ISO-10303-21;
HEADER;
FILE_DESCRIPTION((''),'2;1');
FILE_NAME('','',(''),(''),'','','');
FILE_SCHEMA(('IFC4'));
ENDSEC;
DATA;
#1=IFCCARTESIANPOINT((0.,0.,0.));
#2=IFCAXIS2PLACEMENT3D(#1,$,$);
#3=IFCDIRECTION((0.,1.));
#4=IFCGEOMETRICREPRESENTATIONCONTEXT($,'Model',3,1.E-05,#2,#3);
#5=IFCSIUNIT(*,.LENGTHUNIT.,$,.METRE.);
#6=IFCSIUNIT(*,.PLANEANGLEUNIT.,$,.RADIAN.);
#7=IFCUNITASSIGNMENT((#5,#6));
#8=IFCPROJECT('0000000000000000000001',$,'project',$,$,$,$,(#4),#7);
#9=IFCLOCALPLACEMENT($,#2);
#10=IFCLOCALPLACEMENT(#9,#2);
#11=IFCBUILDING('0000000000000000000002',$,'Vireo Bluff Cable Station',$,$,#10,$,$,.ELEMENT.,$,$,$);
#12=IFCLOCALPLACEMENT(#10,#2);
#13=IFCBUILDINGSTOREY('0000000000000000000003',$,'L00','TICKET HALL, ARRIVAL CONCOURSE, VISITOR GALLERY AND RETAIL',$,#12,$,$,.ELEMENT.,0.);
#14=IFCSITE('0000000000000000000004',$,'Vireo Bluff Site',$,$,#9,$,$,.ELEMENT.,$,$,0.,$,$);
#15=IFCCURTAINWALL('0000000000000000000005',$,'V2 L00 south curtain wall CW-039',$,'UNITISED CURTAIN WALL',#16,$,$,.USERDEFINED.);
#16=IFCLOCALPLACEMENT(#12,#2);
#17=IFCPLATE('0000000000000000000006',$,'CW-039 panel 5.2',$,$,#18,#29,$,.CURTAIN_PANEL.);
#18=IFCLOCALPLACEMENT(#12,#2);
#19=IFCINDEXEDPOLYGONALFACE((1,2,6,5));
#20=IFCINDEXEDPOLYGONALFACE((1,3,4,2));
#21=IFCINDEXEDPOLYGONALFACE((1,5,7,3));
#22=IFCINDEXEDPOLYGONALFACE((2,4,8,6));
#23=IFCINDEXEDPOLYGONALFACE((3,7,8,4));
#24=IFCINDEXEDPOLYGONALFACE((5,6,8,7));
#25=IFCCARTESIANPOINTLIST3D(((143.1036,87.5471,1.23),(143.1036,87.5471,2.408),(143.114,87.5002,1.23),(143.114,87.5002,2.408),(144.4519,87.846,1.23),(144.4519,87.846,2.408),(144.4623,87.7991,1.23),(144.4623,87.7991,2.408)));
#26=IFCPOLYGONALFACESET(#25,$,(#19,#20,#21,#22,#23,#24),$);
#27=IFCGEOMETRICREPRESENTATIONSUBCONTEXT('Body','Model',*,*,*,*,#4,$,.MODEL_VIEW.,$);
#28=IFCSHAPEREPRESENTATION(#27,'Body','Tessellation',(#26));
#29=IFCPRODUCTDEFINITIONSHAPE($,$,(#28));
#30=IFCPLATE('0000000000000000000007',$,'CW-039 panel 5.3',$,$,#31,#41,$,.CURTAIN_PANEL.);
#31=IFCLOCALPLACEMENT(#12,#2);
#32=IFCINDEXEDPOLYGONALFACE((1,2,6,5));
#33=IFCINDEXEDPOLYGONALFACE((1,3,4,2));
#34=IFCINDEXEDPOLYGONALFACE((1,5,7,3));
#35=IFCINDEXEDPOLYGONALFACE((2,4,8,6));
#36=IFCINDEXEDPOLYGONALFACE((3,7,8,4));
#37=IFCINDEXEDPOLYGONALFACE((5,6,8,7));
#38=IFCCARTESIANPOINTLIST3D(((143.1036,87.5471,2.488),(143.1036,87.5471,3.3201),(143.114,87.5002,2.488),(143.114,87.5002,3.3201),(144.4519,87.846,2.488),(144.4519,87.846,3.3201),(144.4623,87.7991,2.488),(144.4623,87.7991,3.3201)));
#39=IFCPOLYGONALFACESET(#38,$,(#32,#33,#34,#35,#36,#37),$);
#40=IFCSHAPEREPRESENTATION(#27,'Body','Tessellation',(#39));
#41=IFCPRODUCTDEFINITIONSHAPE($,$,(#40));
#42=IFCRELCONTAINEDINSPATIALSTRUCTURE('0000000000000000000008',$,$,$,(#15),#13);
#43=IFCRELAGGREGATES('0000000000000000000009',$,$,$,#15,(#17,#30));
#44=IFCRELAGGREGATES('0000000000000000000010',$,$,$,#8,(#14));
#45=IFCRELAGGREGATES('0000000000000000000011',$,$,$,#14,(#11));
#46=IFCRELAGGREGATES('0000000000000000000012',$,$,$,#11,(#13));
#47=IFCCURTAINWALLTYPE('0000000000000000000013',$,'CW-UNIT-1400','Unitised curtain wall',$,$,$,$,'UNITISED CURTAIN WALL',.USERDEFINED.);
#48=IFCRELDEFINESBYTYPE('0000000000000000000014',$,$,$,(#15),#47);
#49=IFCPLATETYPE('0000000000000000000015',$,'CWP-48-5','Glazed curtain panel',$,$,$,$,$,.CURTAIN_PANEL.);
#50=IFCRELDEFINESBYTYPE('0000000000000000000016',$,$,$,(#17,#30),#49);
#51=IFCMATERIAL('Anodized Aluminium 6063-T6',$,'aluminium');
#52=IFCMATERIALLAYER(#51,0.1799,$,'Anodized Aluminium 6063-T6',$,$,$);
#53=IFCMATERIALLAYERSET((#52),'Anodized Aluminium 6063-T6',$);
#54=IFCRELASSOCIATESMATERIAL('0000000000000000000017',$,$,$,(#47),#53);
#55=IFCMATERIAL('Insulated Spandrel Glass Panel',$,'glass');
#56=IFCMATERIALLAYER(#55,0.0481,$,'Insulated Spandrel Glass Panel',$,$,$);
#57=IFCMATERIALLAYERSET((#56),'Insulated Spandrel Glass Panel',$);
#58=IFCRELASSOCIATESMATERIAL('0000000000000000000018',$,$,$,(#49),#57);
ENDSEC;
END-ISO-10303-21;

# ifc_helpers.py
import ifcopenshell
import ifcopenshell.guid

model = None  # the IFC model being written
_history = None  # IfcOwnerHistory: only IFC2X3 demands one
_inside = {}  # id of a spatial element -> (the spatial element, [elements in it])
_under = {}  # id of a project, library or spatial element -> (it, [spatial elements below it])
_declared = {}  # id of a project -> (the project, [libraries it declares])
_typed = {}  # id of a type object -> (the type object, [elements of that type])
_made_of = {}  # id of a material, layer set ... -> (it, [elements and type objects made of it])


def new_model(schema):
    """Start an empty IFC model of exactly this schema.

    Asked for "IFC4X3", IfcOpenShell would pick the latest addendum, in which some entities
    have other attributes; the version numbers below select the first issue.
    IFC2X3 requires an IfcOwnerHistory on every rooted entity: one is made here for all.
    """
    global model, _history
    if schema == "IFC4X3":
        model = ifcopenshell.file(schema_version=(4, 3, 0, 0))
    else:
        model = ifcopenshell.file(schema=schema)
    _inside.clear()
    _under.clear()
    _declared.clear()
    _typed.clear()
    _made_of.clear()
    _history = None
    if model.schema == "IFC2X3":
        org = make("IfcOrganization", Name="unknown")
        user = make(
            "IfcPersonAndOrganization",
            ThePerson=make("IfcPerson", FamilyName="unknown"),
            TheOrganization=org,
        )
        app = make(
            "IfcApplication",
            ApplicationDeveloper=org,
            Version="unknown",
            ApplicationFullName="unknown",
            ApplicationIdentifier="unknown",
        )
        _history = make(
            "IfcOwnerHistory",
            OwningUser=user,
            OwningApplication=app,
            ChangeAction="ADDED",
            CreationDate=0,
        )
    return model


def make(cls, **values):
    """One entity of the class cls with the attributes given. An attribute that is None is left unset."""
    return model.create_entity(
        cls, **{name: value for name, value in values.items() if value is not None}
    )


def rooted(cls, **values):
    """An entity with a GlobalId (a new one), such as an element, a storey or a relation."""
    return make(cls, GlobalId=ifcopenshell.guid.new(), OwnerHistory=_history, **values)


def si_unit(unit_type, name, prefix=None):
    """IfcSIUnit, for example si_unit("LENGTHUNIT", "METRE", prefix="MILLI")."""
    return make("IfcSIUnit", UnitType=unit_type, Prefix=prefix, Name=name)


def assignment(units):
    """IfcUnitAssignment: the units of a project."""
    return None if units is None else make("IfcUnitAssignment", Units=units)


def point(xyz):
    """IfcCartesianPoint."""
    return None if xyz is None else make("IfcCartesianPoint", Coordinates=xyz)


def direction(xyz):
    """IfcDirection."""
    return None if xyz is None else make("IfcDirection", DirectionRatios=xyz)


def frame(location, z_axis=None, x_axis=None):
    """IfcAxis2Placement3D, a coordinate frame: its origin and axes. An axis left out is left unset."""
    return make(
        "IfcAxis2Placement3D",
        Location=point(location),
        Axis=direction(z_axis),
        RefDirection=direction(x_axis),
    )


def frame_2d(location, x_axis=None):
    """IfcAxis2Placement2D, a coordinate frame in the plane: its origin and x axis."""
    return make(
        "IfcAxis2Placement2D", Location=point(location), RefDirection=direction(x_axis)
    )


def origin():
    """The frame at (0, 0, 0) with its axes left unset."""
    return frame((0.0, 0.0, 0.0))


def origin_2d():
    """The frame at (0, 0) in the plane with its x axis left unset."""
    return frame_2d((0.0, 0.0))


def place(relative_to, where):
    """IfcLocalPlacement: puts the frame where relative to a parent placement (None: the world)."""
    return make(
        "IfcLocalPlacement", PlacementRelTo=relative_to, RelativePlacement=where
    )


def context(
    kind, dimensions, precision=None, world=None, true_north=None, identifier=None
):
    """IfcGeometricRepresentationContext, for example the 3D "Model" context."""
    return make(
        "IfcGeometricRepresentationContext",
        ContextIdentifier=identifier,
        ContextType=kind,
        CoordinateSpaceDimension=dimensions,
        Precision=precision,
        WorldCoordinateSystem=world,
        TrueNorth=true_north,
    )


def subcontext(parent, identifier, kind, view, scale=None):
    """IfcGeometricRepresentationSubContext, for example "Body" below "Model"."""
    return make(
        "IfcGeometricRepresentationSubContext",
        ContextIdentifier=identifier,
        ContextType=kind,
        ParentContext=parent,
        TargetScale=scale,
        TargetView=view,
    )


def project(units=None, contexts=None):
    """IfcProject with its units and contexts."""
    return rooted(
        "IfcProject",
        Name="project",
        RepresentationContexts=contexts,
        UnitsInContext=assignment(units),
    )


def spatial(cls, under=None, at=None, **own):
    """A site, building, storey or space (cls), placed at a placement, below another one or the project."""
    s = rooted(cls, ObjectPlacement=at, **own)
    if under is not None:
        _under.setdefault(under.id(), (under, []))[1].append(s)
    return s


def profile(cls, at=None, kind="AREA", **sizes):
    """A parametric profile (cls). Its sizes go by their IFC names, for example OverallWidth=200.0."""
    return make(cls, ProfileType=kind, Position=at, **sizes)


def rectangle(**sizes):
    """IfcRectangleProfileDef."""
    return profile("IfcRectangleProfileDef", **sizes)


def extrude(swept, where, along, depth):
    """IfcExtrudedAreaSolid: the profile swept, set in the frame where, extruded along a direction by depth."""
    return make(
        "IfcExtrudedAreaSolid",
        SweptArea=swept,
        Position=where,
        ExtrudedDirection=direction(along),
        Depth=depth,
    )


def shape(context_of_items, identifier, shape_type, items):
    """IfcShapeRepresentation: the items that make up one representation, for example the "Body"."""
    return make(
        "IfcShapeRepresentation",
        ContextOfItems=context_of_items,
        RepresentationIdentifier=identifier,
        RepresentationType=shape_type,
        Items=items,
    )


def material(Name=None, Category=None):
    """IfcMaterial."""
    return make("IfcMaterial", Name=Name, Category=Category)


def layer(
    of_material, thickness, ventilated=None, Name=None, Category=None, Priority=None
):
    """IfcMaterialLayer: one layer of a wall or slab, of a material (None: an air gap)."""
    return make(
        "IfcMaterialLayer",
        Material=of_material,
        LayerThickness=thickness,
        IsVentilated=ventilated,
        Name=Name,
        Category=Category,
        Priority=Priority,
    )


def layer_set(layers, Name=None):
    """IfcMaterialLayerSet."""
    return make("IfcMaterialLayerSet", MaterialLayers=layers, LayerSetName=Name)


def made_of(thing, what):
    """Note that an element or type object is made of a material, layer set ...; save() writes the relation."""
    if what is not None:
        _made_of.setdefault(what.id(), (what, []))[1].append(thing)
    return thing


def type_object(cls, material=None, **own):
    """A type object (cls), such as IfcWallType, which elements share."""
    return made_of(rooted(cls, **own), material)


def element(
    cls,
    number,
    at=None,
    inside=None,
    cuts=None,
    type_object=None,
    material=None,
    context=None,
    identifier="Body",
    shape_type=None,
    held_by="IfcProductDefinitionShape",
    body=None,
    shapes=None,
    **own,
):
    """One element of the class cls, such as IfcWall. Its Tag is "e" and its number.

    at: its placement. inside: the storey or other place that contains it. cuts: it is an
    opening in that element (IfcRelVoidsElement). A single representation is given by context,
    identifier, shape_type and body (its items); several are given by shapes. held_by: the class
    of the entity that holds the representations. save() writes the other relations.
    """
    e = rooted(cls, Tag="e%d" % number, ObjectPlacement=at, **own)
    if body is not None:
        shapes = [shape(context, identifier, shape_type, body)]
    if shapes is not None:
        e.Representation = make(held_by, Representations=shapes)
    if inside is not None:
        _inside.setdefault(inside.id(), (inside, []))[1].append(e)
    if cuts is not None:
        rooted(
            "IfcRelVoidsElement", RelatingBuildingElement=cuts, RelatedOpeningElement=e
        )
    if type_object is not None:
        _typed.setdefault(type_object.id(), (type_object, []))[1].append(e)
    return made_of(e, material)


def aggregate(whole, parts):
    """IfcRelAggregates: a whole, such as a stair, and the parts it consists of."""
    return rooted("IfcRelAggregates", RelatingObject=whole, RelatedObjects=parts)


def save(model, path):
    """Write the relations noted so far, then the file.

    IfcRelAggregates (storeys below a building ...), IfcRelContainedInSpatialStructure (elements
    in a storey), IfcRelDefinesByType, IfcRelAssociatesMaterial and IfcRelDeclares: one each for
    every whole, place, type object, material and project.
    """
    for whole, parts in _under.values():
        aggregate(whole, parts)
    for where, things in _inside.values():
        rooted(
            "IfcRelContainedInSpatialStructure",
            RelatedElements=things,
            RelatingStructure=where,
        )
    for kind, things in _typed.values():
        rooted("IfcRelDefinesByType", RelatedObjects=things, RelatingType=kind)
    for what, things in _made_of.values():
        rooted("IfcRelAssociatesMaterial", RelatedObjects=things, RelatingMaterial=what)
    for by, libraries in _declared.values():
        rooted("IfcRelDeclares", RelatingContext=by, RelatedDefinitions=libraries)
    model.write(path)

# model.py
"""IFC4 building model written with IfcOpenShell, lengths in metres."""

from ifc_helpers import new_model, si_unit, direction, frame, origin, origin_2d, place, context, subcontext, project, spatial, rectangle, extrude, material, layer, layer_set, type_object, element, aggregate, save


model = new_model("IFC4")

# Units and contexts
model_context = context("Model", 3, precision=1e-05, world=origin(), true_north=direction((0.0, 1.0)))
body_context = subcontext(model_context, "Body", "Model", "MODEL_VIEW")
ifc_project = project(units=[si_unit("LENGTHUNIT", "METRE"), si_unit("PLANEANGLEUNIT", "RADIAN")], contexts=[model_context])

# Site, building, storey
site_placement = place(None, origin())
site = spatial("IfcSite", under=ifc_project, at=site_placement, Name="Vireo Bluff Site", CompositionType="ELEMENT", RefElevation=0.0)
building_placement = place(site_placement, origin())
building = spatial("IfcBuilding", under=site, at=building_placement, Name="Vireo Bluff Cable Station", CompositionType="ELEMENT")
storey_placement = place(building_placement, origin())
storey = spatial("IfcBuildingStorey", under=building, at=storey_placement, Name="L00", Description="TICKET HALL, ARRIVAL CONCOURSE, VISITOR GALLERY AND RETAIL", CompositionType="ELEMENT", Elevation=0.0)

# Curtain wall
ifc_material_1 = material(Name="Anodized Aluminium 6063-T6", Category="aluminium")
ifc_layer_1 = layer(ifc_material_1, 0.1799, Name="Anodized Aluminium 6063-T6")
ifc_layer_set_1 = layer_set([ifc_layer_1], Name="Anodized Aluminium 6063-T6")
curtain_wall_type = type_object("IfcCurtainWallType", Name="CW-UNIT-1400", Description="Unitised curtain wall", ElementType="UNITISED CURTAIN WALL", PredefinedType="USERDEFINED", material=ifc_layer_set_1)
curtain_wall_placement = place(storey_placement, origin())
curtain_wall = element("IfcCurtainWall", 1, at=curtain_wall_placement, inside=storey, type_object=curtain_wall_type, Name="V2 L00 south curtain wall CW-039", ObjectType="UNITISED CURTAIN WALL", PredefinedType="USERDEFINED")

# Plates
ifc_material_2 = material(Name="Insulated Spandrel Glass Panel", Category="glass")
ifc_layer_2 = layer(ifc_material_2, 0.0481, Name="Insulated Spandrel Glass Panel")
ifc_layer_set_2 = layer_set([ifc_layer_2], Name="Insulated Spandrel Glass Panel")
plate_type = type_object("IfcPlateType", Name="CWP-48-5", Description="Glazed curtain panel", PredefinedType="CURTAIN_PANEL", material=ifc_layer_set_2)
plate_1_placement = place(storey_placement, frame((143.783, 87.6731, 1.23), z_axis=(0.0, 0.0, 1.0), x_axis=(-0.976296, -0.21644, 0.0)))
plate_1 = element("IfcPlate", 2, at=plate_1_placement, type_object=plate_type, Name="CW-039 panel 5.2", PredefinedType="CURTAIN_PANEL", context=body_context, shape_type="SweptSolid", body=[
    extrude(rectangle(XDim=1.3811, YDim=0.0481, at=origin_2d()), origin(), (0.0, 0.0, 1.0), 1.178),
])
plate_2_placement = place(storey_placement, frame((143.783, 87.6731, 2.488), z_axis=(0.0, 0.0, 1.0), x_axis=(-0.976296, -0.21644, 0.0)))
plate_2 = element("IfcPlate", 3, at=plate_2_placement, type_object=plate_type, Name="CW-039 panel 5.3", PredefinedType="CURTAIN_PANEL", context=body_context, shape_type="SweptSolid", body=[
    extrude(rectangle(XDim=1.3811, YDim=0.0481, at=origin_2d()), origin(), (0.0, 0.0, 1.0), 0.832),
])
aggregate(curtain_wall, [plate_1, plate_2])

save(model, "model.ifc")
